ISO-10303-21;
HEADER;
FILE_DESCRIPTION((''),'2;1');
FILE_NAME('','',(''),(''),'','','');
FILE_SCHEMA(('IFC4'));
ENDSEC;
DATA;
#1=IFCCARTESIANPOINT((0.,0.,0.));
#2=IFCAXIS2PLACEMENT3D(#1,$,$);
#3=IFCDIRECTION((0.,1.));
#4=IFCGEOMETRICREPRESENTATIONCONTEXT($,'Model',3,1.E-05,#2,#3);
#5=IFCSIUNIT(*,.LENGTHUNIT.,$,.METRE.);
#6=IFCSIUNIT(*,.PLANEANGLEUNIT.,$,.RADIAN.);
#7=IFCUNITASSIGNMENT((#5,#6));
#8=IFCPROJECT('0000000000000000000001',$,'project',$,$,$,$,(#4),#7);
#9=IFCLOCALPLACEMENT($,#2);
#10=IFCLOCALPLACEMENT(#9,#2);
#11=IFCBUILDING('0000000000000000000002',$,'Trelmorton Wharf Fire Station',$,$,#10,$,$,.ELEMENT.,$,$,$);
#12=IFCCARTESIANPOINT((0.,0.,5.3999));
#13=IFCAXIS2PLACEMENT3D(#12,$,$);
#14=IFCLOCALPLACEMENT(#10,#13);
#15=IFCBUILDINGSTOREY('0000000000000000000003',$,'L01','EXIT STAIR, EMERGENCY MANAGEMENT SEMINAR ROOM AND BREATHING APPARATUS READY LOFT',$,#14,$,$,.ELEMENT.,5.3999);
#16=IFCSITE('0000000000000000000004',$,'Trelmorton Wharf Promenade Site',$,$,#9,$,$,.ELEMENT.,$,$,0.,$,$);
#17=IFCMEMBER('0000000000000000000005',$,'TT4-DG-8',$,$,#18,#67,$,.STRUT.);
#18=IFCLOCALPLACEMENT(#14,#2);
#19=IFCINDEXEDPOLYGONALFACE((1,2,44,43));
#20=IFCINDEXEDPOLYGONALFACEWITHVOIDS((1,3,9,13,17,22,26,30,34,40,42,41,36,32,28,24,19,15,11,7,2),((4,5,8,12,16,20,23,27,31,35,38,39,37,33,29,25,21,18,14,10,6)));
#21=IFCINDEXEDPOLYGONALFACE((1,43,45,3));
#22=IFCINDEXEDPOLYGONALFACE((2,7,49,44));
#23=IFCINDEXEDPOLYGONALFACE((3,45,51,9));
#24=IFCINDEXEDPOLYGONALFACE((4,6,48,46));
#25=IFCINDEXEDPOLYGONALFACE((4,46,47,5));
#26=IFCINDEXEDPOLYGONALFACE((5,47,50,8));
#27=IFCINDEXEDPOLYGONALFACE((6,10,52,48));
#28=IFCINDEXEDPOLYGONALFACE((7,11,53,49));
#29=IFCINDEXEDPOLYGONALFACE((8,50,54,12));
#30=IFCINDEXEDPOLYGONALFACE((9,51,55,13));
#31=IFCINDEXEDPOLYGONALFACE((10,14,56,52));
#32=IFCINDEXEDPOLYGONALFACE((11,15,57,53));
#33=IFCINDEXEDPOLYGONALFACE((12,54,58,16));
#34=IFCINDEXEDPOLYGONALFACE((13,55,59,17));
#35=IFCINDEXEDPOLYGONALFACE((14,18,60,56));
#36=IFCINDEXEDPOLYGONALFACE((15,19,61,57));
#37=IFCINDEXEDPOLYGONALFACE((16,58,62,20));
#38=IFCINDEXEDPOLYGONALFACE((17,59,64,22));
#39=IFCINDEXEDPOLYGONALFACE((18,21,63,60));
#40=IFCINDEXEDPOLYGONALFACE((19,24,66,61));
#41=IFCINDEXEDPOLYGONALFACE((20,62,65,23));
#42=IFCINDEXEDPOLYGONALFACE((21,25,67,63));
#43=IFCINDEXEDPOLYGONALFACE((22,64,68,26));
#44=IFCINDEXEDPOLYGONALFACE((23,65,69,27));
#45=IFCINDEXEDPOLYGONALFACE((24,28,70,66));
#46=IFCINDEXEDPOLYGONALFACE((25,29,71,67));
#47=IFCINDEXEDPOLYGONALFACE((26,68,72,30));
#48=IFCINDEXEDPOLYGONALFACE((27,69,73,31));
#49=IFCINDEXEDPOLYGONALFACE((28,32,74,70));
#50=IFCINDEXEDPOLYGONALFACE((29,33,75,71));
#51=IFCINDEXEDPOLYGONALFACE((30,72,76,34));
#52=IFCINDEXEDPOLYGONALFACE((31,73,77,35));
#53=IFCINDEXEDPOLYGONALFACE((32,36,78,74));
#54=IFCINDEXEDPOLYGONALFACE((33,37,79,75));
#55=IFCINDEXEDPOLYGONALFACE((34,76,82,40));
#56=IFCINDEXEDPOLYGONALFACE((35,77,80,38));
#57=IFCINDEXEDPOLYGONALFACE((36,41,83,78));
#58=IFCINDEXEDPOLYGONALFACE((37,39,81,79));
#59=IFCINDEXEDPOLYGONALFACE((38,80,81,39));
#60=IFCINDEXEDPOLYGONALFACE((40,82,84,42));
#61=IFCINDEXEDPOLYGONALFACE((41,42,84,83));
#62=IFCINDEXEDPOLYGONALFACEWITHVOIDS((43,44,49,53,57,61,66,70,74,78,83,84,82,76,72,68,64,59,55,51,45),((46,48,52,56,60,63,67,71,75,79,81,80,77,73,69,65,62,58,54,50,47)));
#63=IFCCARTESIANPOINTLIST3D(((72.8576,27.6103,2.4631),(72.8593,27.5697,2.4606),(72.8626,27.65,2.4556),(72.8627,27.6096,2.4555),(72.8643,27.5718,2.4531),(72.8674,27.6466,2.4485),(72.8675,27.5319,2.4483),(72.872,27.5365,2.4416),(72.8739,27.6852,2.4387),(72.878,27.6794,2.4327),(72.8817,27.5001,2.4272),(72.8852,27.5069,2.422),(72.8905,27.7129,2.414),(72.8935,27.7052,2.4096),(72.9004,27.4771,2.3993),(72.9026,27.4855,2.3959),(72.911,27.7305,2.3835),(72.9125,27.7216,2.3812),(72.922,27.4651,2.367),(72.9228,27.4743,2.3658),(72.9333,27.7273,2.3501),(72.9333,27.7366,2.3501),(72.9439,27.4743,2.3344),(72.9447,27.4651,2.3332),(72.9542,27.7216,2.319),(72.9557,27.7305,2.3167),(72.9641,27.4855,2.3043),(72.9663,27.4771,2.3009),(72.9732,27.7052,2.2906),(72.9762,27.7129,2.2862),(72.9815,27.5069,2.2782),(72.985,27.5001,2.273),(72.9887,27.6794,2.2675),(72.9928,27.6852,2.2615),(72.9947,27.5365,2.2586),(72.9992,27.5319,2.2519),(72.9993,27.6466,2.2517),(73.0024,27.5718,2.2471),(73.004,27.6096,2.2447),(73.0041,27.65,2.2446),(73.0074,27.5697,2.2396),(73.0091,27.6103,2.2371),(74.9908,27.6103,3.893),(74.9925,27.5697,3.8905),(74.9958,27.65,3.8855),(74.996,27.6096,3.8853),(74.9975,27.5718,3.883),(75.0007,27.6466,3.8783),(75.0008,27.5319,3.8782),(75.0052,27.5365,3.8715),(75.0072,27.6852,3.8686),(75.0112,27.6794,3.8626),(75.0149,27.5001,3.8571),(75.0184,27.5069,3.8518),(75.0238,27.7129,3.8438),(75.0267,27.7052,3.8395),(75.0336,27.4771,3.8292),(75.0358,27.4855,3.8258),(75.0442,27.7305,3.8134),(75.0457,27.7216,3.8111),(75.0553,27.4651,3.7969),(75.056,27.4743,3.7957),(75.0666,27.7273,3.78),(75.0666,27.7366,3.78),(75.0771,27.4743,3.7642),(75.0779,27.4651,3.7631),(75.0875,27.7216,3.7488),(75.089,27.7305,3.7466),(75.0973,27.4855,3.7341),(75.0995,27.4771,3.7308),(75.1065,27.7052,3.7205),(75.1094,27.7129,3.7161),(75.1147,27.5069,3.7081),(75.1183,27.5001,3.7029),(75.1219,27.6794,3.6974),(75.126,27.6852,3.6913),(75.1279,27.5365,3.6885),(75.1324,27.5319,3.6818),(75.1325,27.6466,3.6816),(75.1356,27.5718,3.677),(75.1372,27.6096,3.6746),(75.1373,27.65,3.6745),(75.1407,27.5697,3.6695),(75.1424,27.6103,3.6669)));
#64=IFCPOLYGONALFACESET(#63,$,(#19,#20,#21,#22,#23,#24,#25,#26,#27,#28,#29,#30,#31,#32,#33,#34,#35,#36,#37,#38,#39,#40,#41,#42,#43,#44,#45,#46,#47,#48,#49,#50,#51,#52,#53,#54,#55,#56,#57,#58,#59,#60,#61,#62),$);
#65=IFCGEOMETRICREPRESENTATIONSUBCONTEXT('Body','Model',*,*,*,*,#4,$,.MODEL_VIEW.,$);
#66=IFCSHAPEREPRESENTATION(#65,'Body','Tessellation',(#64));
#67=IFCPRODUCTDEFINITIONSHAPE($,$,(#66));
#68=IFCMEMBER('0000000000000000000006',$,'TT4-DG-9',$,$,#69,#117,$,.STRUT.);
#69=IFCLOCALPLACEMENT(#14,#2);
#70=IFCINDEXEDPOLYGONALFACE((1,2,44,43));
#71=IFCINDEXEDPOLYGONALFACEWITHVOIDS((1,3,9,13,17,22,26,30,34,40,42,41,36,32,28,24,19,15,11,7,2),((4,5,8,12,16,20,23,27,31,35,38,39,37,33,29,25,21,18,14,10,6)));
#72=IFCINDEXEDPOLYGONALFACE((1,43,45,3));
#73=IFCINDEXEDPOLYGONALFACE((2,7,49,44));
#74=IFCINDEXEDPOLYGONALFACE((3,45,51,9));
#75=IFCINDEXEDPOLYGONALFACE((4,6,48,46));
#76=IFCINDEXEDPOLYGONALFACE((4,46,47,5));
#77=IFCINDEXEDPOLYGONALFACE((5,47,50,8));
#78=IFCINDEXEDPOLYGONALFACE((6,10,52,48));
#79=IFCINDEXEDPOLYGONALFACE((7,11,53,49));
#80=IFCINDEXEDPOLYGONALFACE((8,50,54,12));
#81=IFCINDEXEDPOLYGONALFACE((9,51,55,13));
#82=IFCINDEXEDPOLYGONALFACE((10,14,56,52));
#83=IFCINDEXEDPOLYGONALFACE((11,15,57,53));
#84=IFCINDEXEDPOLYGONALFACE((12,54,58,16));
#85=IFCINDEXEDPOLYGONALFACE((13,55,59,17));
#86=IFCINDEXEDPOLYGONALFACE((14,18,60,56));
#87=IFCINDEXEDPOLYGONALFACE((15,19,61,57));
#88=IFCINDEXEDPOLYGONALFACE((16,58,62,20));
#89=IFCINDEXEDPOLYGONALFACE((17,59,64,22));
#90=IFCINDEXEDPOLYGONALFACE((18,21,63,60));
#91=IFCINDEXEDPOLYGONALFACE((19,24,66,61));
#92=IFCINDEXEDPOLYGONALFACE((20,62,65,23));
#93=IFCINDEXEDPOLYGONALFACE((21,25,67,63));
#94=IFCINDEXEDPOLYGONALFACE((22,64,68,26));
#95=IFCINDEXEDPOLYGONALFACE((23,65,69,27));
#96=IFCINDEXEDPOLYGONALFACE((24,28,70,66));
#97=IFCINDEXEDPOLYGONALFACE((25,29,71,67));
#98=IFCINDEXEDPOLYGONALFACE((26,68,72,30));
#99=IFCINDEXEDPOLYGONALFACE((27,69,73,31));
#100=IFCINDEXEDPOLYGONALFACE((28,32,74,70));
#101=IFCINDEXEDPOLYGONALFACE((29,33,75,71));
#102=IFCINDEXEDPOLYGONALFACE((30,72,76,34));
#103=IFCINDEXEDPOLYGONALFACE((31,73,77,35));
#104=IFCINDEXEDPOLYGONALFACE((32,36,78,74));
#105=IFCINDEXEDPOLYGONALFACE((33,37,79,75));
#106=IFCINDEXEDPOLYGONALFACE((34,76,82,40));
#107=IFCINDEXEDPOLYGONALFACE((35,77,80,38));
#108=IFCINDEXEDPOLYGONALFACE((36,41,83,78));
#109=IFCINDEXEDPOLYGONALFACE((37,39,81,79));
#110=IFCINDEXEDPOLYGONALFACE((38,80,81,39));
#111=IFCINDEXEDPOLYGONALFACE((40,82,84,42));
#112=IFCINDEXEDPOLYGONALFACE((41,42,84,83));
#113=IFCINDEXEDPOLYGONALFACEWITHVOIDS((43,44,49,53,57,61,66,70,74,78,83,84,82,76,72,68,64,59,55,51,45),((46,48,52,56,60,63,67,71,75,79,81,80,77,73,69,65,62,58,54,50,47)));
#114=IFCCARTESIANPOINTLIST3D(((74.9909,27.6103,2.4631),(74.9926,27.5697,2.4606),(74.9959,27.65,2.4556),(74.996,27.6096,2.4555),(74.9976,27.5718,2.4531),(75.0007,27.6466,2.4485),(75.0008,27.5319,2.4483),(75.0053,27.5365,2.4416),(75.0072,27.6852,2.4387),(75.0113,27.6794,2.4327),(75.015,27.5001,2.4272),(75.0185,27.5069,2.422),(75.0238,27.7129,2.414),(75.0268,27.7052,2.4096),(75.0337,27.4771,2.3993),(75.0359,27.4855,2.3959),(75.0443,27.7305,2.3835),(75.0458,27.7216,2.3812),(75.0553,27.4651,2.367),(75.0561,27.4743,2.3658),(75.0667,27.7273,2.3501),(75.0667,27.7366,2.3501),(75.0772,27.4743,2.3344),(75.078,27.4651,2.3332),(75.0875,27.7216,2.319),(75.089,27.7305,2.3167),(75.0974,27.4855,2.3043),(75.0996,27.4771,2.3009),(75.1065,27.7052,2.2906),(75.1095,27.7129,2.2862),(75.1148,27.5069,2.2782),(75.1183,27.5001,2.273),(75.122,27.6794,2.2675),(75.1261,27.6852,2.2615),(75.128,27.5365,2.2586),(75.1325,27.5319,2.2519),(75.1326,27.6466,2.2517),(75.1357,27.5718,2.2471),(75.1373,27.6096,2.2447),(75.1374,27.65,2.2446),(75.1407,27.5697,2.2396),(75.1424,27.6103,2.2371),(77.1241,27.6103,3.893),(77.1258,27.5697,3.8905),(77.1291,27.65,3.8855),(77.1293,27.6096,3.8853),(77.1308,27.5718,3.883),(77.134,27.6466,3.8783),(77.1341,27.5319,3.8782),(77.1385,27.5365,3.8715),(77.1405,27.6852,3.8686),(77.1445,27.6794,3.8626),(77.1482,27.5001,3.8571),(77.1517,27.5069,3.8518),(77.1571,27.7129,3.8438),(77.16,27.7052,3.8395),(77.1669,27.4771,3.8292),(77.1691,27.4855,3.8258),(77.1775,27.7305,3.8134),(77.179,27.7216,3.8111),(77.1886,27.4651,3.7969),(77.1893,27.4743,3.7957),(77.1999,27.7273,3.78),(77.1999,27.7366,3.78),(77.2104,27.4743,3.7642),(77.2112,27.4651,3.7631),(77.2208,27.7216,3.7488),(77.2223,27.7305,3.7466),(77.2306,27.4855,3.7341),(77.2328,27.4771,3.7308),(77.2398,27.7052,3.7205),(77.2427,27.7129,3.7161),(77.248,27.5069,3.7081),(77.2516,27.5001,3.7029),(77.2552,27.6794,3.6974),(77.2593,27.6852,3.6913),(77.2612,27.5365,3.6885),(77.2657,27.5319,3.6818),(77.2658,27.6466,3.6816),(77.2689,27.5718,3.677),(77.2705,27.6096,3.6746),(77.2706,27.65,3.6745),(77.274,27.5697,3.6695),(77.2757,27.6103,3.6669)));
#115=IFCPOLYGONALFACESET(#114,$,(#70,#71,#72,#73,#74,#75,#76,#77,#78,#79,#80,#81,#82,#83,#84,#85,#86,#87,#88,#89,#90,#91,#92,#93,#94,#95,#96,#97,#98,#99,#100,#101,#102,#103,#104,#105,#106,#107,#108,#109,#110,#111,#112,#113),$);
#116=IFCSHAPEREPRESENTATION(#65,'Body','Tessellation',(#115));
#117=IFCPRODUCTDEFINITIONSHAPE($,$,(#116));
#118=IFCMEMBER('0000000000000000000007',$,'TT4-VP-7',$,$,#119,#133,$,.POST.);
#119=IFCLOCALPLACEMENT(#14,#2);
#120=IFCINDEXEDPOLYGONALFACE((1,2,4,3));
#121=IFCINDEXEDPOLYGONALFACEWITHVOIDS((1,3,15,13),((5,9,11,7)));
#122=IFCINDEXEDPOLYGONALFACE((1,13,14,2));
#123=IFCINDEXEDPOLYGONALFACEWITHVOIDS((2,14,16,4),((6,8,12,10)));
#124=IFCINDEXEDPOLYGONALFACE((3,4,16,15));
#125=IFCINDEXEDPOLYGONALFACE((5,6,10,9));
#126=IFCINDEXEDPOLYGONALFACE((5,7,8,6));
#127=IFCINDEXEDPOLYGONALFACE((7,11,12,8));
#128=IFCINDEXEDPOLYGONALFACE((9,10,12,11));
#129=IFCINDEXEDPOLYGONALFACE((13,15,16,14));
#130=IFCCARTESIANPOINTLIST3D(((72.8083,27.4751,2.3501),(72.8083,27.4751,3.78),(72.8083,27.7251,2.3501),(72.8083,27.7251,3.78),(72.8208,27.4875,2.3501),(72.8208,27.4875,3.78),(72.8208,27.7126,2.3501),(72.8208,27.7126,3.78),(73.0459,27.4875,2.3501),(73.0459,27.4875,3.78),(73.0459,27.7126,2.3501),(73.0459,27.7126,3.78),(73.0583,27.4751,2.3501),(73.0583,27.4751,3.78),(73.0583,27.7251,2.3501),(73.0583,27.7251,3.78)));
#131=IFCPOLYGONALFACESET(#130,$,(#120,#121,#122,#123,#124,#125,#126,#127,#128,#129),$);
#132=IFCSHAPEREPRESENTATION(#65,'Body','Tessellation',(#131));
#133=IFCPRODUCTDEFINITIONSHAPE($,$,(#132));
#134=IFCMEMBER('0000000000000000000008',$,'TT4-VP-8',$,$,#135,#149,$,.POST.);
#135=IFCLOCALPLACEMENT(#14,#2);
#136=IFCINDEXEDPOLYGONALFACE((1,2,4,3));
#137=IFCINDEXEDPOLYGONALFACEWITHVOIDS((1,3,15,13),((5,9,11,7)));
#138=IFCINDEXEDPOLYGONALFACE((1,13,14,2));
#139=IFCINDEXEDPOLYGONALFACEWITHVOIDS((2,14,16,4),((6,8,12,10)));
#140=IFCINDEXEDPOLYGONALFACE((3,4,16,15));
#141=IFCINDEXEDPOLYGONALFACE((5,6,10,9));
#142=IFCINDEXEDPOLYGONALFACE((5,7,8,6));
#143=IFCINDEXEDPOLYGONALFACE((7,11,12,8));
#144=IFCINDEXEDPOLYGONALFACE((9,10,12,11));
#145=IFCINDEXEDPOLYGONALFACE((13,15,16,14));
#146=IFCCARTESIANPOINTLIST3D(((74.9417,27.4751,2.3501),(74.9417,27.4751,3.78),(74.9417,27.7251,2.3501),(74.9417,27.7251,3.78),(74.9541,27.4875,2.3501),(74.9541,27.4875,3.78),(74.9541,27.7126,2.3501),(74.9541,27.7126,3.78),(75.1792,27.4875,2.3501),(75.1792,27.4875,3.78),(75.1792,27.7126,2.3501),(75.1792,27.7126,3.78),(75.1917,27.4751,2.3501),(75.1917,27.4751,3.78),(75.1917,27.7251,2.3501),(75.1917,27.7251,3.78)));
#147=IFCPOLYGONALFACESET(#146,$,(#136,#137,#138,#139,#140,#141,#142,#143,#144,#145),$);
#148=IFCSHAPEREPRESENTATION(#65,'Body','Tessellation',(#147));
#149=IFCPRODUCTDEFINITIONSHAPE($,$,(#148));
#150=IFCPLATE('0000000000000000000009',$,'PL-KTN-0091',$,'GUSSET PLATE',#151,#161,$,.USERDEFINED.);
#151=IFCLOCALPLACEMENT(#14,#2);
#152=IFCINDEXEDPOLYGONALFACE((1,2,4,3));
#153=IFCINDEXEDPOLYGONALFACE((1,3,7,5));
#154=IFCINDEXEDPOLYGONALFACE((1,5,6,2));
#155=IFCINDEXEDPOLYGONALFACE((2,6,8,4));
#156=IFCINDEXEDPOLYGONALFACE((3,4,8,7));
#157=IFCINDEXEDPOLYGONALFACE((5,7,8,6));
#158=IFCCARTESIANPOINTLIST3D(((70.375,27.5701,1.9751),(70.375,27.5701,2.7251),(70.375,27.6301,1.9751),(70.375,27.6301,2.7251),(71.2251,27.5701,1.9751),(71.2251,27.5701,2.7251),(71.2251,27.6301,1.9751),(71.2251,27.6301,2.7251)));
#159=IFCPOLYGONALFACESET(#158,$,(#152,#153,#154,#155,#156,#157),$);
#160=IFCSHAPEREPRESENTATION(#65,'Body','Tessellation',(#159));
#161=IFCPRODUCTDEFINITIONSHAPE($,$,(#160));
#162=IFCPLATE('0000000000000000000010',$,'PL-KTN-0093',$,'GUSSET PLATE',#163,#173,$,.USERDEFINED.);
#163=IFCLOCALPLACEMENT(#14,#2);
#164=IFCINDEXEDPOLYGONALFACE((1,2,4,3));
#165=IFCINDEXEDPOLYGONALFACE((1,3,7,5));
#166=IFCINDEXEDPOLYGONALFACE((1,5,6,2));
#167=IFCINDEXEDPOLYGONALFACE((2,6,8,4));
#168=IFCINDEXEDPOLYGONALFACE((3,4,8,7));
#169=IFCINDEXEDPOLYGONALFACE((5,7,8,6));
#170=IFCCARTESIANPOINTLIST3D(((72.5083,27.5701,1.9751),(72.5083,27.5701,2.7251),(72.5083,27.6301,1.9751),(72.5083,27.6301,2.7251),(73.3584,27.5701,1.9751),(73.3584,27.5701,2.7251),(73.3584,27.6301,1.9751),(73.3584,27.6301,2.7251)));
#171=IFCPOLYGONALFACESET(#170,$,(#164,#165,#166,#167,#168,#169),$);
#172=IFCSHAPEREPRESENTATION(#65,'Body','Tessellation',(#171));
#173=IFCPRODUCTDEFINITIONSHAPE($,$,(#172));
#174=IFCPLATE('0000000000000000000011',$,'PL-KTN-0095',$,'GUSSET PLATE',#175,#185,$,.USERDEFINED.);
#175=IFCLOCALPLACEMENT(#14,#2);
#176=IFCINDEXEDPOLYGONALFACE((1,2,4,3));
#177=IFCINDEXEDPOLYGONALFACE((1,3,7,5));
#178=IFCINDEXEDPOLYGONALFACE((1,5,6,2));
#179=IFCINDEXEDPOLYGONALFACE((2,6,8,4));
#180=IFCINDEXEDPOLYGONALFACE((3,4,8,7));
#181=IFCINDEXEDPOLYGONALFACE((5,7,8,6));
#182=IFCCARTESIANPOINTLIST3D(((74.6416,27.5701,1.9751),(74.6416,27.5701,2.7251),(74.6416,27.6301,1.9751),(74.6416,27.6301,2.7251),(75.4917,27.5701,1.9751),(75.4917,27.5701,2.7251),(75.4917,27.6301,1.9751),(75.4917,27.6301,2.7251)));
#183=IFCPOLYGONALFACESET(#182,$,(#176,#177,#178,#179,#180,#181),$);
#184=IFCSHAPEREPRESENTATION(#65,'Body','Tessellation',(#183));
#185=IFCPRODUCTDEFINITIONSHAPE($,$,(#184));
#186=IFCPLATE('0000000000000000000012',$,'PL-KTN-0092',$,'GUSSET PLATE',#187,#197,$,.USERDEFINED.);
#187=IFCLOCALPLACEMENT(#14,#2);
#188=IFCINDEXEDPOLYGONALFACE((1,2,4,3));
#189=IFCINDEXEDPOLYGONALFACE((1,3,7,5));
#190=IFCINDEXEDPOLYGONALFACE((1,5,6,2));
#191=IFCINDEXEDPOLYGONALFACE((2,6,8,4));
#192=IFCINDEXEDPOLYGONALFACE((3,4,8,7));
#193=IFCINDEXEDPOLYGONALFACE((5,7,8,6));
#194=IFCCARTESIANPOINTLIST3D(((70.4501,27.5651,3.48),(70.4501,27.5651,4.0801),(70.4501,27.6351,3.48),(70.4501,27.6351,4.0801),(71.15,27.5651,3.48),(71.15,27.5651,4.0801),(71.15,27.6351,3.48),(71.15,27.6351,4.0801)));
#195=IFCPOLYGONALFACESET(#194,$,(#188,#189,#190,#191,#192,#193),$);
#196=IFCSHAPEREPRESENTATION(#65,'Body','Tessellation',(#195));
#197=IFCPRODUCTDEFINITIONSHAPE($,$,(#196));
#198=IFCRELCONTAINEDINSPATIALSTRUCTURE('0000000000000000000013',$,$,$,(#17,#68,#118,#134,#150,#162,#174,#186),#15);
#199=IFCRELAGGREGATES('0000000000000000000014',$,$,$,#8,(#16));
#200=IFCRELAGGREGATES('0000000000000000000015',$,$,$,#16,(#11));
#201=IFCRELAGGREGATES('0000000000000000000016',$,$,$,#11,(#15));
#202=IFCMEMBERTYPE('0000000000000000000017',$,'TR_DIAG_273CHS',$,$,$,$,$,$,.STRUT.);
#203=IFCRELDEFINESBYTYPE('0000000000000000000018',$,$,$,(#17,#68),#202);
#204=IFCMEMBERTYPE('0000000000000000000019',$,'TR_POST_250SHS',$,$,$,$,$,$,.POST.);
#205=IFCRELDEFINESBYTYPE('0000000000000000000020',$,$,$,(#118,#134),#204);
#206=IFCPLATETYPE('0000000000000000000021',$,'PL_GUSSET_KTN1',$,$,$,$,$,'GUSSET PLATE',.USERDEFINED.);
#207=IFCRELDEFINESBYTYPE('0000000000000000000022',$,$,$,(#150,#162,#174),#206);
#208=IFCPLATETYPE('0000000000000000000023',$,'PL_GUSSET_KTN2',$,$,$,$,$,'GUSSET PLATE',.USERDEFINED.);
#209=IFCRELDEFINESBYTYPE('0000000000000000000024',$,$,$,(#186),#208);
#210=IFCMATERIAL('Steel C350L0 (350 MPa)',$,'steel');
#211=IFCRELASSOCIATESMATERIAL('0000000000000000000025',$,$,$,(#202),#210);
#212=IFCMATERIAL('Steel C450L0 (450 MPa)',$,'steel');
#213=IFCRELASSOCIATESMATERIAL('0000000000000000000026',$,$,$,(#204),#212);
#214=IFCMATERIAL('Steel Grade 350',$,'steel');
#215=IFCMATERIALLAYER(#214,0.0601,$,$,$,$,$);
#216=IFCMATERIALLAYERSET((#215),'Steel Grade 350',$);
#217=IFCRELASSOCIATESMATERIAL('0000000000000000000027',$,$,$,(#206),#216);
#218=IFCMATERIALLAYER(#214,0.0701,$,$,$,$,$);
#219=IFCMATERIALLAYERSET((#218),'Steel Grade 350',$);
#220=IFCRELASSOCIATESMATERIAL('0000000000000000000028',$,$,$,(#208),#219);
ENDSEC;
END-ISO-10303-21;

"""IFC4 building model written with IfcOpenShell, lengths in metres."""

from ifc_helpers import new_model, si_unit, direction, frame, origin, origin_2d, place, context, subcontext, project, spatial, rectangle, hollow_rectangle, hollow_circle, extrude, material, layer, layer_set, material_profile, profile_set, type_object, element, save


model = new_model("IFC4")

# Units and contexts
model_context = context("Model", 3, precision=1e-05, world=origin(), true_north=direction((0.0, 1.0)))
body_context = subcontext(model_context, "Body", "Model", "MODEL_VIEW")
ifc_project = project(units=[si_unit("LENGTHUNIT", "METRE"), si_unit("PLANEANGLEUNIT", "RADIAN")], contexts=[model_context])

# Site, building, storey
site_placement = place(None, origin())
site = spatial("IfcSite", under=ifc_project, at=site_placement, Name="Trelmorton Wharf Promenade Site", CompositionType="ELEMENT", RefElevation=0.0)
building_placement = place(site_placement, origin())
building = spatial("IfcBuilding", under=site, at=building_placement, Name="Trelmorton Wharf Fire Station", CompositionType="ELEMENT")
storey_placement = place(building_placement, frame((0.0, 0.0, 5.3999)))
storey = spatial("IfcBuildingStorey", under=building, at=storey_placement, Name="L01", Description="EXIT STAIR, EMERGENCY MANAGEMENT SEMINAR ROOM AND BREATHING APPARATUS READY LOFT", CompositionType="ELEMENT", Elevation=5.3999)

# Shared definitions
ifc_material_1 = material(Name="Steel Grade 350", Category="steel")

# Members
ifc_material_2 = material(Name="Steel C450L0 (450 MPa)", Category="steel")
ifc_material_3 = material(Name="Steel C350L0 (350 MPa)", Category="steel")
ifc_material_profile_1 = material_profile(ifc_material_3, hollow_circle(Radius=0.1365, WallThickness=0.0093, at=origin_2d()), Name="273.1x9.3CHS")
ifc_profile_set_1 = profile_set([ifc_material_profile_1], Name="Steel C350L0 (350 MPa)")
member_type_1 = type_object("IfcMemberType", Name="TR_DIAG_273CHS", PredefinedType="STRUT", material=ifc_profile_set_1)
for number, where, z_axis, x_axis, name in (
    (1, (72.9333, 27.6001, 2.3501), (0.830658, 0.0, 0.556783), (0.0, 1.0, 0.0), "TT4-DG-8"),
    (2, (75.0667, 27.6001, 2.3501), (0.830658, 0.0, 0.556783), (0.0, 1.0, 0.0), "TT4-DG-9"),
):
    element("IfcMember", number, at=place(storey_placement, frame(where, z_axis=z_axis, x_axis=x_axis)), inside=storey, type_object=member_type_1, Name=name, PredefinedType="STRUT", context=body_context, shape_type="SweptSolid", body=[
        extrude(hollow_circle(Radius=0.1365, WallThickness=0.0093, at=origin_2d()), origin(), (0.0, 0.0, 1.0), 2.5681),
    ])
ifc_material_profile_2 = material_profile(ifc_material_2, hollow_rectangle(XDim=0.25, YDim=0.25, WallThickness=0.0125, at=origin_2d()), Name="250x250x12.5SHS")
ifc_profile_set_2 = profile_set([ifc_material_profile_2], Name="Steel C450L0 (450 MPa)")
member_type_2 = type_object("IfcMemberType", Name="TR_POST_250SHS", PredefinedType="POST", material=ifc_profile_set_2)
for number, where, z_axis, x_axis, name in (
    (3, (72.9333, 27.6001, 2.3501), (0.0, 0.0, 1.0), (1.0, 0.0, 0.0), "TT4-VP-7"),
    (4, (75.0667, 27.6001, 2.3501), (0.0, 0.0, 1.0), (1.0, 0.0, 0.0), "TT4-VP-8"),
):
    element("IfcMember", number, at=place(storey_placement, frame(where, z_axis=z_axis, x_axis=x_axis)), inside=storey, type_object=member_type_2, Name=name, PredefinedType="POST", context=body_context, shape_type="SweptSolid", body=[
        extrude(hollow_rectangle(XDim=0.25, YDim=0.25, WallThickness=0.0125, at=origin_2d()), origin(), (0.0, 0.0, 1.0), 1.4299),
    ])

# Plates
ifc_layer_1 = layer(ifc_material_1, 0.0601)
ifc_layer_set_1 = layer_set([ifc_layer_1], Name="Steel Grade 350")
plate_type_1 = type_object("IfcPlateType", Name="PL_GUSSET_KTN1", ElementType="GUSSET PLATE", PredefinedType="USERDEFINED", material=ifc_layer_set_1)
for number, where, z_axis, x_axis, name in (
    (5, (70.8, 27.6001, 1.9751), (0.0, 0.0, 1.0), (1.0, 0.0, 0.0), "PL-KTN-0091"),
    (6, (72.9333, 27.6001, 1.9751), (0.0, 0.0, 1.0), (1.0, 0.0, 0.0), "PL-KTN-0093"),
    (7, (75.0667, 27.6001, 1.9751), (0.0, 0.0, 1.0), (1.0, 0.0, 0.0), "PL-KTN-0095"),
):
    element("IfcPlate", number, at=place(storey_placement, frame(where, z_axis=z_axis, x_axis=x_axis)), inside=storey, type_object=plate_type_1, Name=name, ObjectType="GUSSET PLATE", PredefinedType="USERDEFINED", context=body_context, shape_type="SweptSolid", body=[
        extrude(rectangle(XDim=0.8501, YDim=0.0601, at=origin_2d()), origin(), (0.0, 0.0, 1.0), 0.75),
    ])
ifc_layer_2 = layer(ifc_material_1, 0.0701)
ifc_layer_set_2 = layer_set([ifc_layer_2], Name="Steel Grade 350")
plate_type_2 = type_object("IfcPlateType", Name="PL_GUSSET_KTN2", ElementType="GUSSET PLATE", PredefinedType="USERDEFINED", material=ifc_layer_set_2)
for number, where, z_axis, x_axis, name in (
    (8, (70.8, 27.6001, 3.48), (0.0, 0.0, 1.0), (1.0, 0.0, 0.0), "PL-KTN-0092"),
):
    element("IfcPlate", number, at=place(storey_placement, frame(where, z_axis=z_axis, x_axis=x_axis)), inside=storey, type_object=plate_type_2, Name=name, ObjectType="GUSSET PLATE", PredefinedType="USERDEFINED", context=body_context, shape_type="SweptSolid", body=[
        extrude(rectangle(XDim=0.7, YDim=0.0701, at=origin_2d()), origin(), (0.0, 0.0, 1.0), 0.6001),
    ])

save(model, "model.ifc")
